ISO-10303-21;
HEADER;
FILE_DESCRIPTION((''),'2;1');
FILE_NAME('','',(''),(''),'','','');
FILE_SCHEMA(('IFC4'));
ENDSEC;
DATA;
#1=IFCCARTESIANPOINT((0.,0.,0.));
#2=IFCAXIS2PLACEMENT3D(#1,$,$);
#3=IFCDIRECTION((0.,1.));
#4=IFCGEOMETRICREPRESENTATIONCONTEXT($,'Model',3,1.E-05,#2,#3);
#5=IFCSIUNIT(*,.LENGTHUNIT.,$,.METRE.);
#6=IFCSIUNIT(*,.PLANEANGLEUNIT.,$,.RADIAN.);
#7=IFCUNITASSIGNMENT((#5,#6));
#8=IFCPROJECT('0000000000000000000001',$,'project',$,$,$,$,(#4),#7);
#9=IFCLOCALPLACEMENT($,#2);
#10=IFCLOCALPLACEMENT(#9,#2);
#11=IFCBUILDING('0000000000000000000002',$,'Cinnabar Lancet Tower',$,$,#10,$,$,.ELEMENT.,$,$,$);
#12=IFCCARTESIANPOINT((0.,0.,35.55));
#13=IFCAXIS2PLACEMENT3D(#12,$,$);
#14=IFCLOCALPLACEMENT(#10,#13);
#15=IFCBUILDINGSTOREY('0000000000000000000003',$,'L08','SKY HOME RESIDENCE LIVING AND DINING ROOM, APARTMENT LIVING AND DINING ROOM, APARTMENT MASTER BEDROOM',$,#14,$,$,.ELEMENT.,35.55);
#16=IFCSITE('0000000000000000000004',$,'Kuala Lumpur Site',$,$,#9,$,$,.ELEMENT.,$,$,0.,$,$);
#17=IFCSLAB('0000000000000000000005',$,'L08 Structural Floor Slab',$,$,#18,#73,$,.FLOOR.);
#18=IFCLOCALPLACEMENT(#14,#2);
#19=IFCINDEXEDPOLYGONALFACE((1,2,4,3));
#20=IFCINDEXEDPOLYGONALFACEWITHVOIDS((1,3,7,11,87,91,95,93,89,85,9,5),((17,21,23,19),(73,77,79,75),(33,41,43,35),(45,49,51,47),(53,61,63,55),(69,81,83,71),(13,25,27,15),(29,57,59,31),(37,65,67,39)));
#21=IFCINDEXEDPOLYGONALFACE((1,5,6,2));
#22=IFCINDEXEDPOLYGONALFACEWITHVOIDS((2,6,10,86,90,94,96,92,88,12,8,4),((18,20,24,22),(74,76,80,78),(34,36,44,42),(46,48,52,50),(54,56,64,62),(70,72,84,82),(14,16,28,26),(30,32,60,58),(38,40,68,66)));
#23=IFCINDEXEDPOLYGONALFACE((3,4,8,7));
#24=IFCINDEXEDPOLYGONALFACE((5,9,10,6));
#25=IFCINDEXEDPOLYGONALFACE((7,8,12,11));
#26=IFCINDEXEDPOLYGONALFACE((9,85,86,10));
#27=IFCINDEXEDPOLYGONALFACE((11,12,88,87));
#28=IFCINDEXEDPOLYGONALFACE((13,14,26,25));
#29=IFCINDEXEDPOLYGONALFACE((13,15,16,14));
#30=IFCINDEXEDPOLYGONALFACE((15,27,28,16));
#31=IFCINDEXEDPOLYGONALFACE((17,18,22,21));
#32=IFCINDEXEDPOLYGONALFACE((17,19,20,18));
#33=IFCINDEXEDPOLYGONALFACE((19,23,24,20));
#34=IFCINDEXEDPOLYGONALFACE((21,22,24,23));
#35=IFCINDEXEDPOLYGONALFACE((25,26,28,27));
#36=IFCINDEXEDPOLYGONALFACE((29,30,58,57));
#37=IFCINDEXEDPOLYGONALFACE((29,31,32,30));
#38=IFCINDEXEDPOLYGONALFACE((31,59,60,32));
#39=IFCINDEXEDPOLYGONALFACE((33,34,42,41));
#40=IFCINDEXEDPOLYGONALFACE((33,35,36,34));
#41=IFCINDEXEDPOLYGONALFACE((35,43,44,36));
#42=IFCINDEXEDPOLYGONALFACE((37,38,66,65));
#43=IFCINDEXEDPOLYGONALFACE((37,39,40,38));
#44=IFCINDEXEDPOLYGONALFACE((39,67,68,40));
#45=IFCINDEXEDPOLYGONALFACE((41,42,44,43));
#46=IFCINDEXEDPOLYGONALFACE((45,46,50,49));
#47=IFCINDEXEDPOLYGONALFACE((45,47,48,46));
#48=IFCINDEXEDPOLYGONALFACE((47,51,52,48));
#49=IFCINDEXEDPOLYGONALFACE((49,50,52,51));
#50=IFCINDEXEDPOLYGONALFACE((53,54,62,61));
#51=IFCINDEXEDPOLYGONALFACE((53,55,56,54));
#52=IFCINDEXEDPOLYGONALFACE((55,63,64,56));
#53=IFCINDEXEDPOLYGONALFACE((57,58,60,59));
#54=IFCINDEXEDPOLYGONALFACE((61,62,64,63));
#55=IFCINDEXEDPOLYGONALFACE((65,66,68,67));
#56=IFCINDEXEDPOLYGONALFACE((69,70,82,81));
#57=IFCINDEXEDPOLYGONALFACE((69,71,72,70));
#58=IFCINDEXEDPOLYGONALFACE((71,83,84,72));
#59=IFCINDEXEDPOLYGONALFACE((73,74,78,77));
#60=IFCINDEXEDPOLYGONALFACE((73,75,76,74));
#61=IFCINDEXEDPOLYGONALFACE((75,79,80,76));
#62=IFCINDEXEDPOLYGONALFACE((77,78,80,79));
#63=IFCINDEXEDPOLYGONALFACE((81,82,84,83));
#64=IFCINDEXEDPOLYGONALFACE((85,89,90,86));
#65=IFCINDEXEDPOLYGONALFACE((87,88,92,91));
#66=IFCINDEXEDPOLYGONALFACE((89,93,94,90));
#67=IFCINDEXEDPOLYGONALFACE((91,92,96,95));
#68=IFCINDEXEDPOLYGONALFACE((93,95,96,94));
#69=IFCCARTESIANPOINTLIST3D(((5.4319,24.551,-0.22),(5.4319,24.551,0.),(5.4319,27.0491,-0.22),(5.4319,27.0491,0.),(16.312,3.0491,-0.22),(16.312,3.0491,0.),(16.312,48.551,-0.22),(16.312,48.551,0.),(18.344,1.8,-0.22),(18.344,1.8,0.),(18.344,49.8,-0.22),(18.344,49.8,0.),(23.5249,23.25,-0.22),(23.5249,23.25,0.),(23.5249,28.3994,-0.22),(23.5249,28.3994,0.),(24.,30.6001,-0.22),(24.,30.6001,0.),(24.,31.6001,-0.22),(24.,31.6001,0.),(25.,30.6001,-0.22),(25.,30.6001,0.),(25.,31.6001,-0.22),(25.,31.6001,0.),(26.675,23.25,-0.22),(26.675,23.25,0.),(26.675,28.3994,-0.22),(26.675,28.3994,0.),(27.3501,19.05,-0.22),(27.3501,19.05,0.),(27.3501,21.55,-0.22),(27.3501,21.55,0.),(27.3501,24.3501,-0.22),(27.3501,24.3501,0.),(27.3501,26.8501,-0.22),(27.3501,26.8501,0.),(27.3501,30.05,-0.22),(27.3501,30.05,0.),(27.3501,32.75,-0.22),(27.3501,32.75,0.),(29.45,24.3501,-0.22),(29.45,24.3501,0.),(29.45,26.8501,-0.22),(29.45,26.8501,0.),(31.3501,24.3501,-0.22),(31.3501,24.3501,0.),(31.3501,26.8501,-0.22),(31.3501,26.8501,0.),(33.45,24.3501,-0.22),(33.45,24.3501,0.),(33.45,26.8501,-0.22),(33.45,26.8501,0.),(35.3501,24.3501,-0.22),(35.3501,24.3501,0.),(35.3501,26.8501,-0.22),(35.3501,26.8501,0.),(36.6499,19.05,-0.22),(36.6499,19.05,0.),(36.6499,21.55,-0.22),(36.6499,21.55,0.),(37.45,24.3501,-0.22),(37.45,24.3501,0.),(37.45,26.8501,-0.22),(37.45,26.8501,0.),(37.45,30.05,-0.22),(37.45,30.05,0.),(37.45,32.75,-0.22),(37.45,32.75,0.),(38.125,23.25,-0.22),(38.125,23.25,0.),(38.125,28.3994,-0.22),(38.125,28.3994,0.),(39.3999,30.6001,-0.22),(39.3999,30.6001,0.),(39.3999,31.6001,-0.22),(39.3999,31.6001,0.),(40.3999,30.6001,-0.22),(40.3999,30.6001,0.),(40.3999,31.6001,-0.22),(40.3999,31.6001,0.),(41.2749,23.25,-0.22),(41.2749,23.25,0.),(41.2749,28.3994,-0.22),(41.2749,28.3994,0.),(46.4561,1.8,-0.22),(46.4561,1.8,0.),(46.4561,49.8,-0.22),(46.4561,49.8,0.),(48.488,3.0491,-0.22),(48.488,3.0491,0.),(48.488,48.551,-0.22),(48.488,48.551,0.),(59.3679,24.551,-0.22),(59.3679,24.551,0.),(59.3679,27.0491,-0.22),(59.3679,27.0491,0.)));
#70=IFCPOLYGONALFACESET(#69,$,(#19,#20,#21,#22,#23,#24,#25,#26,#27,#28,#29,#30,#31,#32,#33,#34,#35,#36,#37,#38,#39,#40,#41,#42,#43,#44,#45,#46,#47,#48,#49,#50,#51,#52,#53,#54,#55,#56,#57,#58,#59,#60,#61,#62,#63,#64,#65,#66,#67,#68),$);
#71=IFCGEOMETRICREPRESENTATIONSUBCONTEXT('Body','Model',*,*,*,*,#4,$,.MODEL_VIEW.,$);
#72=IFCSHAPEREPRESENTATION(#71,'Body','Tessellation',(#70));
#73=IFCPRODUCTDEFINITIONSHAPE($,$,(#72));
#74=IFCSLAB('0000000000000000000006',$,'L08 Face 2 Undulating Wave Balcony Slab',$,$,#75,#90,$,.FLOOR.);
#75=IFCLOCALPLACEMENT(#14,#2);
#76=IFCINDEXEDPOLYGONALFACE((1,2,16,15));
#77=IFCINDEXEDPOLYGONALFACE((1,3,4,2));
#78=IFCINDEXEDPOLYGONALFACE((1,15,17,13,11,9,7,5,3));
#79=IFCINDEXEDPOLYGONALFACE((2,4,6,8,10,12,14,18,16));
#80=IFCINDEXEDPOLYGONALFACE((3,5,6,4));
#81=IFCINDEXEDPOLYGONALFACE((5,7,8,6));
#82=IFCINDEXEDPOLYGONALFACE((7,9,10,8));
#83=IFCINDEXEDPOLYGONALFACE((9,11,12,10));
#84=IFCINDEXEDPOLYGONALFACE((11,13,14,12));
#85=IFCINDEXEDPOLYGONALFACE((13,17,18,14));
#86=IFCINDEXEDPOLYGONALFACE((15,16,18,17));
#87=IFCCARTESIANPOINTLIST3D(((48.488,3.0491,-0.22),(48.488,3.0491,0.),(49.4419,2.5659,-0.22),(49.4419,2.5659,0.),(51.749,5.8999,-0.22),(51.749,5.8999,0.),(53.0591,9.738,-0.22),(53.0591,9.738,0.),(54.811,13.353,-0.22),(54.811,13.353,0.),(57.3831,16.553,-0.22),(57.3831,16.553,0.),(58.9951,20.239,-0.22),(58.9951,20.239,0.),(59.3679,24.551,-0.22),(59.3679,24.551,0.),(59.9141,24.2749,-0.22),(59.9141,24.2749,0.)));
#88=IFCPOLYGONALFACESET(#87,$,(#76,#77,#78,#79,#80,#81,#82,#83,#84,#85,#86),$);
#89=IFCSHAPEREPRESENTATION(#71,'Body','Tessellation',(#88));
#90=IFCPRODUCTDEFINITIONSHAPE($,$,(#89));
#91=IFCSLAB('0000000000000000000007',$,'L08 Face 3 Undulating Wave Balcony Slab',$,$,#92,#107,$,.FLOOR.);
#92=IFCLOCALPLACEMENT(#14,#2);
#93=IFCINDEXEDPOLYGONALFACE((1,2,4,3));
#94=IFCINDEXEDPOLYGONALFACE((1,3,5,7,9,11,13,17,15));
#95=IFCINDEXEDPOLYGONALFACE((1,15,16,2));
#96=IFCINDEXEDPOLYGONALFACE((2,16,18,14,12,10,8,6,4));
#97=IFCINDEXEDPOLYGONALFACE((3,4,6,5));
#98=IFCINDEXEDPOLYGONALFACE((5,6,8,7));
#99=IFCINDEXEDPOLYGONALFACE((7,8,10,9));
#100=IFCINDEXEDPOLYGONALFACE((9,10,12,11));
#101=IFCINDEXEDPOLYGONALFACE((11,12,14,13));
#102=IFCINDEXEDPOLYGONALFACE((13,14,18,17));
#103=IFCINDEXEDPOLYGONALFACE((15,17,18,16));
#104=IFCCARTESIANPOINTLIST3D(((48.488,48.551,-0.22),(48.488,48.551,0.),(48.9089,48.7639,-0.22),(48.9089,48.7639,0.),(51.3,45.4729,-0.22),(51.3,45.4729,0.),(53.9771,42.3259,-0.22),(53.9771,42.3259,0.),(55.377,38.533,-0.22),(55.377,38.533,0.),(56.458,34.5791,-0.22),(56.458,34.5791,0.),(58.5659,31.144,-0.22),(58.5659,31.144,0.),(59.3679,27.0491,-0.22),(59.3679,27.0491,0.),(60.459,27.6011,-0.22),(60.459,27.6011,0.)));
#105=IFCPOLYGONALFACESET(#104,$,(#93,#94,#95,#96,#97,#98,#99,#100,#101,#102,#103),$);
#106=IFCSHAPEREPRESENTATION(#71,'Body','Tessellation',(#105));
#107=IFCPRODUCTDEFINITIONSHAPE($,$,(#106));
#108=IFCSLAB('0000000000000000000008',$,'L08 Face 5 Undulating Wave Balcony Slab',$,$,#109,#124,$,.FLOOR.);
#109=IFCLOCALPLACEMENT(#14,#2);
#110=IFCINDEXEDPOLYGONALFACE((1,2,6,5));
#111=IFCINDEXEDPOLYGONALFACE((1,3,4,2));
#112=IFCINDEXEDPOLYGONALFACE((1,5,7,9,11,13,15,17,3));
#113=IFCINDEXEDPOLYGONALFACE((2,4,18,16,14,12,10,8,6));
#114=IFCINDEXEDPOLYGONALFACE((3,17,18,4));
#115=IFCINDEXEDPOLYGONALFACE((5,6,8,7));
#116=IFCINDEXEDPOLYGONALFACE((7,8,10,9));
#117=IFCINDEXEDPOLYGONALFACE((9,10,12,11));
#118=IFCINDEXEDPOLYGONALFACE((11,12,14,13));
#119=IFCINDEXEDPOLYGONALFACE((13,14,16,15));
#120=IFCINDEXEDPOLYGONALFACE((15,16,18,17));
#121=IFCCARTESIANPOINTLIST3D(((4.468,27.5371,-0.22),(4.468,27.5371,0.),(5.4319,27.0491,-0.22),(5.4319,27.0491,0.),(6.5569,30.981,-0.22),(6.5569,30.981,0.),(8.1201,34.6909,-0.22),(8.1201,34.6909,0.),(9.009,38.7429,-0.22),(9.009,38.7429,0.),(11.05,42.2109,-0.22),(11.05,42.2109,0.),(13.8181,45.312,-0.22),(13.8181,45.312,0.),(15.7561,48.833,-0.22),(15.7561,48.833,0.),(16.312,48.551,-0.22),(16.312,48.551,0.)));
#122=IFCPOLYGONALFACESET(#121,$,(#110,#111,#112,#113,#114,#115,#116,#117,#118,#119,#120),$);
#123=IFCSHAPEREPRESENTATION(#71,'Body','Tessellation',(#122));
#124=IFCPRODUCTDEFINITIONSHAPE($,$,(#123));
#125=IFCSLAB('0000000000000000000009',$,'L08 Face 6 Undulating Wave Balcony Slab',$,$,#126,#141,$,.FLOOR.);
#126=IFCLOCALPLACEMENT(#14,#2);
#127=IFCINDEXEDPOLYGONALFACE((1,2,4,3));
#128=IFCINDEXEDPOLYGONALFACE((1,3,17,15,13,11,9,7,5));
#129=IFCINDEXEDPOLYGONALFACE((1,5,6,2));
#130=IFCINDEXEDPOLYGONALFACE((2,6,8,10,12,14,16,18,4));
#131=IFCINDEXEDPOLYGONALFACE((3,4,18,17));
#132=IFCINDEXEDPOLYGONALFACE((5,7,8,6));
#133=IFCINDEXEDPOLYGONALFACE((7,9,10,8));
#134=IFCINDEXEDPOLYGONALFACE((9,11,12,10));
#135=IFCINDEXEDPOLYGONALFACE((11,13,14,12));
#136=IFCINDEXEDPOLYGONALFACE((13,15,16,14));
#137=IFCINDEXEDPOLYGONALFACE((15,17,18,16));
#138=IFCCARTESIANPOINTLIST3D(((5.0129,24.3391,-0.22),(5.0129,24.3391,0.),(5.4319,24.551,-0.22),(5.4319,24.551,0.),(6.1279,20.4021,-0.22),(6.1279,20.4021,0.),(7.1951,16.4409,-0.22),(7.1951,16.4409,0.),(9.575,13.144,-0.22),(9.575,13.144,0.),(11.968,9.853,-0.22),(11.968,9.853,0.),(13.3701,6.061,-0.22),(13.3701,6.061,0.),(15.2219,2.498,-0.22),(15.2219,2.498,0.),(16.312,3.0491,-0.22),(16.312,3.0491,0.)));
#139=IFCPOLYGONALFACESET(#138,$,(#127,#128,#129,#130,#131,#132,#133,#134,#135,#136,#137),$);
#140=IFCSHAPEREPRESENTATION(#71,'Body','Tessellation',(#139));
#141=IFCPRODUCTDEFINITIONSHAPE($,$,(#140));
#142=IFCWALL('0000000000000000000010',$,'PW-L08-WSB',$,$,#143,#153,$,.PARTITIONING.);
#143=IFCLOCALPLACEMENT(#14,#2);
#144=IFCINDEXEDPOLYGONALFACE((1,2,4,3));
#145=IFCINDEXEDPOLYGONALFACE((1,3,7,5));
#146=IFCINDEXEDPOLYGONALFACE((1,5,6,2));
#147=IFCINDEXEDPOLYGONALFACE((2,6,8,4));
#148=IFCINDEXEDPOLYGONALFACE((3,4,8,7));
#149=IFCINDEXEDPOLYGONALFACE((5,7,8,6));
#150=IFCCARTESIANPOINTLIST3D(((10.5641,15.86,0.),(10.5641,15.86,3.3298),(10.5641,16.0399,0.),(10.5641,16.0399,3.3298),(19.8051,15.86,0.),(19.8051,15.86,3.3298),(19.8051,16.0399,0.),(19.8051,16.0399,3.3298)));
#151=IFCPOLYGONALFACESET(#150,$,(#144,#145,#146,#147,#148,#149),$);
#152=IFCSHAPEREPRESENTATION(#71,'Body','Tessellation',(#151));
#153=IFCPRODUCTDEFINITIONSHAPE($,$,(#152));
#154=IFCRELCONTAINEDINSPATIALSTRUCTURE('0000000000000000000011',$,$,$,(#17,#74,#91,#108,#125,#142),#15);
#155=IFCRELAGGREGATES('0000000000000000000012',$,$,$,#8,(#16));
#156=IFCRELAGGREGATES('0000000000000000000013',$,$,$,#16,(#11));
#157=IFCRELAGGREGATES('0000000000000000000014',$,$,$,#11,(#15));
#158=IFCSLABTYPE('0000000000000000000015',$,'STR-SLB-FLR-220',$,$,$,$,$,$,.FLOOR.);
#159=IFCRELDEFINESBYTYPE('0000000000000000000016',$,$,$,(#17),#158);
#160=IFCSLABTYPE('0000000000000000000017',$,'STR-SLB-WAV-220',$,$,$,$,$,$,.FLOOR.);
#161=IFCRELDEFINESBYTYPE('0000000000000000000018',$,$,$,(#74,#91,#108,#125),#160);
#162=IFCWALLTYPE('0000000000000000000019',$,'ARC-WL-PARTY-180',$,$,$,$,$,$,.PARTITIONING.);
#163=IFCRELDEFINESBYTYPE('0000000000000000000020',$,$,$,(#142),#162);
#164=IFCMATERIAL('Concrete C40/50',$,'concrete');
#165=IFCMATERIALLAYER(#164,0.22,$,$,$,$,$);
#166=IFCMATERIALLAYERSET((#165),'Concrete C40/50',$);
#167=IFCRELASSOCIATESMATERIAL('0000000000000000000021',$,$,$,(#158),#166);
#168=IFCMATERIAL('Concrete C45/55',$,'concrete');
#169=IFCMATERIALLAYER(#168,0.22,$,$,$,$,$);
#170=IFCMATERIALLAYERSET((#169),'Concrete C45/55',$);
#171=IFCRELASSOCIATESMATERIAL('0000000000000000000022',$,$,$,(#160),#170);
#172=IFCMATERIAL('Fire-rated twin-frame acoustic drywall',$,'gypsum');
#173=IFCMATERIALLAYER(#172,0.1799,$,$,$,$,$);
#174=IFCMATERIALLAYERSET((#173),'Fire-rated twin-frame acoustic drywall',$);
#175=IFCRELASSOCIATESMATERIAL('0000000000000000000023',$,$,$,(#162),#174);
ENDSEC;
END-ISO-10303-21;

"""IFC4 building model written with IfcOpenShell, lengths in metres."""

from ifc_helpers import new_model, si_unit, direction, frame, frame_2d, origin, place, context, subcontext, project, spatial, polyline, rectangle, outline, extrude, material, layer, layer_set, type_object, element, save


model = new_model("IFC4")

# Units and contexts
model_context = context("Model", 3, precision=1e-05, world=origin(), true_north=direction((0.0, 1.0)))
body_context = subcontext(model_context, "Body", "Model", "MODEL_VIEW")
ifc_project = project(units=[si_unit("LENGTHUNIT", "METRE"), si_unit("PLANEANGLEUNIT", "RADIAN")], contexts=[model_context])

# Site, building, storey
site_placement = place(None, origin())
site = spatial("IfcSite", under=ifc_project, at=site_placement, Name="Kuala Lumpur Site", CompositionType="ELEMENT", RefElevation=0.0)
building_placement = place(site_placement, origin())
building = spatial("IfcBuilding", under=site, at=building_placement, Name="Cinnabar Lancet Tower", CompositionType="ELEMENT")
storey_placement = place(building_placement, frame((0.0, 0.0, 35.55)))
storey = spatial("IfcBuildingStorey", under=building, at=storey_placement, Name="L08", Description="SKY HOME RESIDENCE LIVING AND DINING ROOM, APARTMENT LIVING AND DINING ROOM, APARTMENT MASTER BEDROOM", CompositionType="ELEMENT", Elevation=35.55)

# Slabs
ifc_material_1 = material(Name="Concrete C40/50", Category="concrete")
ifc_layer_1 = layer(ifc_material_1, 0.22)
ifc_layer_set_1 = layer_set([ifc_layer_1], Name="Concrete C40/50")
slab_type_1 = type_object("IfcSlabType", Name="STR-SLB-FLR-220", PredefinedType="FLOOR", material=ifc_layer_set_1)
slab_1_placement = place(storey_placement, frame((0.0, 0.0, -0.22)))
element("IfcSlab", 1, at=slab_1_placement, inside=storey, type_object=slab_type_1, Name="L08 Structural Floor Slab", PredefinedType="FLOOR", context=body_context, shape_type="SweptSolid", body=[
    extrude(outline(polyline([(16.312, 3.0491), (18.344, 1.8), (46.4561, 1.8), (48.488, 3.0491), (59.3679, 24.551), (59.3679, 27.0491), (48.488, 48.551), (46.4561, 49.8), (18.344, 49.8), (16.312, 48.551), (5.4319, 27.0491), (5.4319, 24.551), (16.312, 3.0491)]), holes=[polyline([(23.5249, 23.25), (26.675, 23.25), (26.675, 28.3994), (23.5249, 28.3994), (23.5249, 23.25)]), polyline([(38.125, 23.25), (41.2749, 23.25), (41.2749, 28.3994), (38.125, 28.3994), (38.125, 23.25)]), polyline([(27.3501, 30.05), (37.45, 30.05), (37.45, 32.75), (27.3501, 32.75), (27.3501, 30.05)]), polyline([(27.3501, 19.05), (36.6499, 19.05), (36.6499, 21.55), (27.3501, 21.55), (27.3501, 19.05)]), polyline([(27.3501, 24.3501), (29.45, 24.3501), (29.45, 26.8501), (27.3501, 26.8501), (27.3501, 24.3501)]), polyline([(35.3501, 24.3501), (37.45, 24.3501), (37.45, 26.8501), (35.3501, 26.8501), (35.3501, 24.3501)]), polyline([(31.3501, 24.3501), (33.45, 24.3501), (33.45, 26.8501), (31.3501, 26.8501), (31.3501, 24.3501)]), polyline([(24.0, 30.6001), (25.0, 30.6001), (25.0, 31.6001), (24.0, 31.6001), (24.0, 30.6001)]), polyline([(39.3999, 30.6001), (40.3999, 30.6001), (40.3999, 31.6001), (39.3999, 31.6001), (39.3999, 30.6001)])]), origin(), (0.0, 0.0, 1.0), 0.22),
])
ifc_material_2 = material(Name="Concrete C45/55", Category="concrete")
ifc_layer_2 = layer(ifc_material_2, 0.22)
ifc_layer_set_2 = layer_set([ifc_layer_2], Name="Concrete C45/55")
slab_type_2 = type_object("IfcSlabType", Name="STR-SLB-WAV-220", PredefinedType="FLOOR", material=ifc_layer_set_2)
slab_2_placement = place(storey_placement, frame((0.0, 0.0, -0.22)))
element("IfcSlab", 2, at=slab_2_placement, inside=storey, type_object=slab_type_2, Name="L08 Face 2 Undulating Wave Balcony Slab", PredefinedType="FLOOR", context=body_context, shape_type="SweptSolid", body=[
    extrude(outline(polyline([(48.488, 3.0491), (49.4419, 2.5659), (51.749, 5.8999), (53.0591, 9.738), (54.811, 13.353), (57.3831, 16.553), (58.9951, 20.239), (59.9141, 24.2749), (59.3679, 24.551), (48.488, 3.0491)])), origin(), (0.0, 0.0, 1.0), 0.22),
])
slab_3_placement = place(storey_placement, frame((0.0, 0.0, -0.22)))
element("IfcSlab", 3, at=slab_3_placement, inside=storey, type_object=slab_type_2, Name="L08 Face 3 Undulating Wave Balcony Slab", PredefinedType="FLOOR", context=body_context, shape_type="SweptSolid", body=[
    extrude(outline(polyline([(59.3679, 27.0491), (60.459, 27.6011), (58.5659, 31.144), (56.458, 34.5791), (55.377, 38.533), (53.9771, 42.3259), (51.3, 45.4729), (48.9089, 48.7639), (48.488, 48.551), (59.3679, 27.0491)])), origin(), (0.0, 0.0, 1.0), 0.22),
])
slab_4_placement = place(storey_placement, frame((0.0, 0.0, -0.22)))
element("IfcSlab", 4, at=slab_4_placement, inside=storey, type_object=slab_type_2, Name="L08 Face 5 Undulating Wave Balcony Slab", PredefinedType="FLOOR", context=body_context, shape_type="SweptSolid", body=[
    extrude(outline(polyline([(16.312, 48.551), (15.7561, 48.833), (13.8181, 45.312), (11.05, 42.2109), (9.009, 38.7429), (8.1201, 34.6909), (6.5569, 30.981), (4.468, 27.5371), (5.4319, 27.0491), (16.312, 48.551)])), origin(), (0.0, 0.0, 1.0), 0.22),
])
slab_5_placement = place(storey_placement, frame((0.0, 0.0, -0.22)))
element("IfcSlab", 5, at=slab_5_placement, inside=storey, type_object=slab_type_2, Name="L08 Face 6 Undulating Wave Balcony Slab", PredefinedType="FLOOR", context=body_context, shape_type="SweptSolid", body=[
    extrude(outline(polyline([(5.4319, 24.551), (5.0129, 24.3391), (6.1279, 20.4021), (7.1951, 16.4409), (9.575, 13.144), (11.968, 9.853), (13.3701, 6.061), (15.2219, 2.498), (16.312, 3.0491), (5.4319, 24.551)])), origin(), (0.0, 0.0, 1.0), 0.22),
])

# Wall
ifc_material_3 = material(Name="Fire-rated twin-frame acoustic drywall", Category="gypsum")
ifc_layer_3 = layer(ifc_material_3, 0.1799)
ifc_layer_set_3 = layer_set([ifc_layer_3], Name="Fire-rated twin-frame acoustic drywall")
wall_type_1 = type_object("IfcWallType", Name="ARC-WL-PARTY-180", PredefinedType="PARTITIONING", material=ifc_layer_set_3)
wall_1_placement = place(storey_placement, frame((10.564, 15.95, 0.0), z_axis=(0.0, 0.0, 1.0), x_axis=(1.0, 0.0, 0.0)))
element("IfcWall", 6, at=wall_1_placement, inside=storey, type_object=wall_type_1, Name="PW-L08-WSB", PredefinedType="PARTITIONING", context=body_context, shape_type="SweptSolid", body=[
    extrude(rectangle(XDim=9.241, YDim=0.1799, at=frame_2d((4.6206, 0.0))), origin(), (0.0, 0.0, 1.0), 3.3298),
])

save(model, "model.ifc")
